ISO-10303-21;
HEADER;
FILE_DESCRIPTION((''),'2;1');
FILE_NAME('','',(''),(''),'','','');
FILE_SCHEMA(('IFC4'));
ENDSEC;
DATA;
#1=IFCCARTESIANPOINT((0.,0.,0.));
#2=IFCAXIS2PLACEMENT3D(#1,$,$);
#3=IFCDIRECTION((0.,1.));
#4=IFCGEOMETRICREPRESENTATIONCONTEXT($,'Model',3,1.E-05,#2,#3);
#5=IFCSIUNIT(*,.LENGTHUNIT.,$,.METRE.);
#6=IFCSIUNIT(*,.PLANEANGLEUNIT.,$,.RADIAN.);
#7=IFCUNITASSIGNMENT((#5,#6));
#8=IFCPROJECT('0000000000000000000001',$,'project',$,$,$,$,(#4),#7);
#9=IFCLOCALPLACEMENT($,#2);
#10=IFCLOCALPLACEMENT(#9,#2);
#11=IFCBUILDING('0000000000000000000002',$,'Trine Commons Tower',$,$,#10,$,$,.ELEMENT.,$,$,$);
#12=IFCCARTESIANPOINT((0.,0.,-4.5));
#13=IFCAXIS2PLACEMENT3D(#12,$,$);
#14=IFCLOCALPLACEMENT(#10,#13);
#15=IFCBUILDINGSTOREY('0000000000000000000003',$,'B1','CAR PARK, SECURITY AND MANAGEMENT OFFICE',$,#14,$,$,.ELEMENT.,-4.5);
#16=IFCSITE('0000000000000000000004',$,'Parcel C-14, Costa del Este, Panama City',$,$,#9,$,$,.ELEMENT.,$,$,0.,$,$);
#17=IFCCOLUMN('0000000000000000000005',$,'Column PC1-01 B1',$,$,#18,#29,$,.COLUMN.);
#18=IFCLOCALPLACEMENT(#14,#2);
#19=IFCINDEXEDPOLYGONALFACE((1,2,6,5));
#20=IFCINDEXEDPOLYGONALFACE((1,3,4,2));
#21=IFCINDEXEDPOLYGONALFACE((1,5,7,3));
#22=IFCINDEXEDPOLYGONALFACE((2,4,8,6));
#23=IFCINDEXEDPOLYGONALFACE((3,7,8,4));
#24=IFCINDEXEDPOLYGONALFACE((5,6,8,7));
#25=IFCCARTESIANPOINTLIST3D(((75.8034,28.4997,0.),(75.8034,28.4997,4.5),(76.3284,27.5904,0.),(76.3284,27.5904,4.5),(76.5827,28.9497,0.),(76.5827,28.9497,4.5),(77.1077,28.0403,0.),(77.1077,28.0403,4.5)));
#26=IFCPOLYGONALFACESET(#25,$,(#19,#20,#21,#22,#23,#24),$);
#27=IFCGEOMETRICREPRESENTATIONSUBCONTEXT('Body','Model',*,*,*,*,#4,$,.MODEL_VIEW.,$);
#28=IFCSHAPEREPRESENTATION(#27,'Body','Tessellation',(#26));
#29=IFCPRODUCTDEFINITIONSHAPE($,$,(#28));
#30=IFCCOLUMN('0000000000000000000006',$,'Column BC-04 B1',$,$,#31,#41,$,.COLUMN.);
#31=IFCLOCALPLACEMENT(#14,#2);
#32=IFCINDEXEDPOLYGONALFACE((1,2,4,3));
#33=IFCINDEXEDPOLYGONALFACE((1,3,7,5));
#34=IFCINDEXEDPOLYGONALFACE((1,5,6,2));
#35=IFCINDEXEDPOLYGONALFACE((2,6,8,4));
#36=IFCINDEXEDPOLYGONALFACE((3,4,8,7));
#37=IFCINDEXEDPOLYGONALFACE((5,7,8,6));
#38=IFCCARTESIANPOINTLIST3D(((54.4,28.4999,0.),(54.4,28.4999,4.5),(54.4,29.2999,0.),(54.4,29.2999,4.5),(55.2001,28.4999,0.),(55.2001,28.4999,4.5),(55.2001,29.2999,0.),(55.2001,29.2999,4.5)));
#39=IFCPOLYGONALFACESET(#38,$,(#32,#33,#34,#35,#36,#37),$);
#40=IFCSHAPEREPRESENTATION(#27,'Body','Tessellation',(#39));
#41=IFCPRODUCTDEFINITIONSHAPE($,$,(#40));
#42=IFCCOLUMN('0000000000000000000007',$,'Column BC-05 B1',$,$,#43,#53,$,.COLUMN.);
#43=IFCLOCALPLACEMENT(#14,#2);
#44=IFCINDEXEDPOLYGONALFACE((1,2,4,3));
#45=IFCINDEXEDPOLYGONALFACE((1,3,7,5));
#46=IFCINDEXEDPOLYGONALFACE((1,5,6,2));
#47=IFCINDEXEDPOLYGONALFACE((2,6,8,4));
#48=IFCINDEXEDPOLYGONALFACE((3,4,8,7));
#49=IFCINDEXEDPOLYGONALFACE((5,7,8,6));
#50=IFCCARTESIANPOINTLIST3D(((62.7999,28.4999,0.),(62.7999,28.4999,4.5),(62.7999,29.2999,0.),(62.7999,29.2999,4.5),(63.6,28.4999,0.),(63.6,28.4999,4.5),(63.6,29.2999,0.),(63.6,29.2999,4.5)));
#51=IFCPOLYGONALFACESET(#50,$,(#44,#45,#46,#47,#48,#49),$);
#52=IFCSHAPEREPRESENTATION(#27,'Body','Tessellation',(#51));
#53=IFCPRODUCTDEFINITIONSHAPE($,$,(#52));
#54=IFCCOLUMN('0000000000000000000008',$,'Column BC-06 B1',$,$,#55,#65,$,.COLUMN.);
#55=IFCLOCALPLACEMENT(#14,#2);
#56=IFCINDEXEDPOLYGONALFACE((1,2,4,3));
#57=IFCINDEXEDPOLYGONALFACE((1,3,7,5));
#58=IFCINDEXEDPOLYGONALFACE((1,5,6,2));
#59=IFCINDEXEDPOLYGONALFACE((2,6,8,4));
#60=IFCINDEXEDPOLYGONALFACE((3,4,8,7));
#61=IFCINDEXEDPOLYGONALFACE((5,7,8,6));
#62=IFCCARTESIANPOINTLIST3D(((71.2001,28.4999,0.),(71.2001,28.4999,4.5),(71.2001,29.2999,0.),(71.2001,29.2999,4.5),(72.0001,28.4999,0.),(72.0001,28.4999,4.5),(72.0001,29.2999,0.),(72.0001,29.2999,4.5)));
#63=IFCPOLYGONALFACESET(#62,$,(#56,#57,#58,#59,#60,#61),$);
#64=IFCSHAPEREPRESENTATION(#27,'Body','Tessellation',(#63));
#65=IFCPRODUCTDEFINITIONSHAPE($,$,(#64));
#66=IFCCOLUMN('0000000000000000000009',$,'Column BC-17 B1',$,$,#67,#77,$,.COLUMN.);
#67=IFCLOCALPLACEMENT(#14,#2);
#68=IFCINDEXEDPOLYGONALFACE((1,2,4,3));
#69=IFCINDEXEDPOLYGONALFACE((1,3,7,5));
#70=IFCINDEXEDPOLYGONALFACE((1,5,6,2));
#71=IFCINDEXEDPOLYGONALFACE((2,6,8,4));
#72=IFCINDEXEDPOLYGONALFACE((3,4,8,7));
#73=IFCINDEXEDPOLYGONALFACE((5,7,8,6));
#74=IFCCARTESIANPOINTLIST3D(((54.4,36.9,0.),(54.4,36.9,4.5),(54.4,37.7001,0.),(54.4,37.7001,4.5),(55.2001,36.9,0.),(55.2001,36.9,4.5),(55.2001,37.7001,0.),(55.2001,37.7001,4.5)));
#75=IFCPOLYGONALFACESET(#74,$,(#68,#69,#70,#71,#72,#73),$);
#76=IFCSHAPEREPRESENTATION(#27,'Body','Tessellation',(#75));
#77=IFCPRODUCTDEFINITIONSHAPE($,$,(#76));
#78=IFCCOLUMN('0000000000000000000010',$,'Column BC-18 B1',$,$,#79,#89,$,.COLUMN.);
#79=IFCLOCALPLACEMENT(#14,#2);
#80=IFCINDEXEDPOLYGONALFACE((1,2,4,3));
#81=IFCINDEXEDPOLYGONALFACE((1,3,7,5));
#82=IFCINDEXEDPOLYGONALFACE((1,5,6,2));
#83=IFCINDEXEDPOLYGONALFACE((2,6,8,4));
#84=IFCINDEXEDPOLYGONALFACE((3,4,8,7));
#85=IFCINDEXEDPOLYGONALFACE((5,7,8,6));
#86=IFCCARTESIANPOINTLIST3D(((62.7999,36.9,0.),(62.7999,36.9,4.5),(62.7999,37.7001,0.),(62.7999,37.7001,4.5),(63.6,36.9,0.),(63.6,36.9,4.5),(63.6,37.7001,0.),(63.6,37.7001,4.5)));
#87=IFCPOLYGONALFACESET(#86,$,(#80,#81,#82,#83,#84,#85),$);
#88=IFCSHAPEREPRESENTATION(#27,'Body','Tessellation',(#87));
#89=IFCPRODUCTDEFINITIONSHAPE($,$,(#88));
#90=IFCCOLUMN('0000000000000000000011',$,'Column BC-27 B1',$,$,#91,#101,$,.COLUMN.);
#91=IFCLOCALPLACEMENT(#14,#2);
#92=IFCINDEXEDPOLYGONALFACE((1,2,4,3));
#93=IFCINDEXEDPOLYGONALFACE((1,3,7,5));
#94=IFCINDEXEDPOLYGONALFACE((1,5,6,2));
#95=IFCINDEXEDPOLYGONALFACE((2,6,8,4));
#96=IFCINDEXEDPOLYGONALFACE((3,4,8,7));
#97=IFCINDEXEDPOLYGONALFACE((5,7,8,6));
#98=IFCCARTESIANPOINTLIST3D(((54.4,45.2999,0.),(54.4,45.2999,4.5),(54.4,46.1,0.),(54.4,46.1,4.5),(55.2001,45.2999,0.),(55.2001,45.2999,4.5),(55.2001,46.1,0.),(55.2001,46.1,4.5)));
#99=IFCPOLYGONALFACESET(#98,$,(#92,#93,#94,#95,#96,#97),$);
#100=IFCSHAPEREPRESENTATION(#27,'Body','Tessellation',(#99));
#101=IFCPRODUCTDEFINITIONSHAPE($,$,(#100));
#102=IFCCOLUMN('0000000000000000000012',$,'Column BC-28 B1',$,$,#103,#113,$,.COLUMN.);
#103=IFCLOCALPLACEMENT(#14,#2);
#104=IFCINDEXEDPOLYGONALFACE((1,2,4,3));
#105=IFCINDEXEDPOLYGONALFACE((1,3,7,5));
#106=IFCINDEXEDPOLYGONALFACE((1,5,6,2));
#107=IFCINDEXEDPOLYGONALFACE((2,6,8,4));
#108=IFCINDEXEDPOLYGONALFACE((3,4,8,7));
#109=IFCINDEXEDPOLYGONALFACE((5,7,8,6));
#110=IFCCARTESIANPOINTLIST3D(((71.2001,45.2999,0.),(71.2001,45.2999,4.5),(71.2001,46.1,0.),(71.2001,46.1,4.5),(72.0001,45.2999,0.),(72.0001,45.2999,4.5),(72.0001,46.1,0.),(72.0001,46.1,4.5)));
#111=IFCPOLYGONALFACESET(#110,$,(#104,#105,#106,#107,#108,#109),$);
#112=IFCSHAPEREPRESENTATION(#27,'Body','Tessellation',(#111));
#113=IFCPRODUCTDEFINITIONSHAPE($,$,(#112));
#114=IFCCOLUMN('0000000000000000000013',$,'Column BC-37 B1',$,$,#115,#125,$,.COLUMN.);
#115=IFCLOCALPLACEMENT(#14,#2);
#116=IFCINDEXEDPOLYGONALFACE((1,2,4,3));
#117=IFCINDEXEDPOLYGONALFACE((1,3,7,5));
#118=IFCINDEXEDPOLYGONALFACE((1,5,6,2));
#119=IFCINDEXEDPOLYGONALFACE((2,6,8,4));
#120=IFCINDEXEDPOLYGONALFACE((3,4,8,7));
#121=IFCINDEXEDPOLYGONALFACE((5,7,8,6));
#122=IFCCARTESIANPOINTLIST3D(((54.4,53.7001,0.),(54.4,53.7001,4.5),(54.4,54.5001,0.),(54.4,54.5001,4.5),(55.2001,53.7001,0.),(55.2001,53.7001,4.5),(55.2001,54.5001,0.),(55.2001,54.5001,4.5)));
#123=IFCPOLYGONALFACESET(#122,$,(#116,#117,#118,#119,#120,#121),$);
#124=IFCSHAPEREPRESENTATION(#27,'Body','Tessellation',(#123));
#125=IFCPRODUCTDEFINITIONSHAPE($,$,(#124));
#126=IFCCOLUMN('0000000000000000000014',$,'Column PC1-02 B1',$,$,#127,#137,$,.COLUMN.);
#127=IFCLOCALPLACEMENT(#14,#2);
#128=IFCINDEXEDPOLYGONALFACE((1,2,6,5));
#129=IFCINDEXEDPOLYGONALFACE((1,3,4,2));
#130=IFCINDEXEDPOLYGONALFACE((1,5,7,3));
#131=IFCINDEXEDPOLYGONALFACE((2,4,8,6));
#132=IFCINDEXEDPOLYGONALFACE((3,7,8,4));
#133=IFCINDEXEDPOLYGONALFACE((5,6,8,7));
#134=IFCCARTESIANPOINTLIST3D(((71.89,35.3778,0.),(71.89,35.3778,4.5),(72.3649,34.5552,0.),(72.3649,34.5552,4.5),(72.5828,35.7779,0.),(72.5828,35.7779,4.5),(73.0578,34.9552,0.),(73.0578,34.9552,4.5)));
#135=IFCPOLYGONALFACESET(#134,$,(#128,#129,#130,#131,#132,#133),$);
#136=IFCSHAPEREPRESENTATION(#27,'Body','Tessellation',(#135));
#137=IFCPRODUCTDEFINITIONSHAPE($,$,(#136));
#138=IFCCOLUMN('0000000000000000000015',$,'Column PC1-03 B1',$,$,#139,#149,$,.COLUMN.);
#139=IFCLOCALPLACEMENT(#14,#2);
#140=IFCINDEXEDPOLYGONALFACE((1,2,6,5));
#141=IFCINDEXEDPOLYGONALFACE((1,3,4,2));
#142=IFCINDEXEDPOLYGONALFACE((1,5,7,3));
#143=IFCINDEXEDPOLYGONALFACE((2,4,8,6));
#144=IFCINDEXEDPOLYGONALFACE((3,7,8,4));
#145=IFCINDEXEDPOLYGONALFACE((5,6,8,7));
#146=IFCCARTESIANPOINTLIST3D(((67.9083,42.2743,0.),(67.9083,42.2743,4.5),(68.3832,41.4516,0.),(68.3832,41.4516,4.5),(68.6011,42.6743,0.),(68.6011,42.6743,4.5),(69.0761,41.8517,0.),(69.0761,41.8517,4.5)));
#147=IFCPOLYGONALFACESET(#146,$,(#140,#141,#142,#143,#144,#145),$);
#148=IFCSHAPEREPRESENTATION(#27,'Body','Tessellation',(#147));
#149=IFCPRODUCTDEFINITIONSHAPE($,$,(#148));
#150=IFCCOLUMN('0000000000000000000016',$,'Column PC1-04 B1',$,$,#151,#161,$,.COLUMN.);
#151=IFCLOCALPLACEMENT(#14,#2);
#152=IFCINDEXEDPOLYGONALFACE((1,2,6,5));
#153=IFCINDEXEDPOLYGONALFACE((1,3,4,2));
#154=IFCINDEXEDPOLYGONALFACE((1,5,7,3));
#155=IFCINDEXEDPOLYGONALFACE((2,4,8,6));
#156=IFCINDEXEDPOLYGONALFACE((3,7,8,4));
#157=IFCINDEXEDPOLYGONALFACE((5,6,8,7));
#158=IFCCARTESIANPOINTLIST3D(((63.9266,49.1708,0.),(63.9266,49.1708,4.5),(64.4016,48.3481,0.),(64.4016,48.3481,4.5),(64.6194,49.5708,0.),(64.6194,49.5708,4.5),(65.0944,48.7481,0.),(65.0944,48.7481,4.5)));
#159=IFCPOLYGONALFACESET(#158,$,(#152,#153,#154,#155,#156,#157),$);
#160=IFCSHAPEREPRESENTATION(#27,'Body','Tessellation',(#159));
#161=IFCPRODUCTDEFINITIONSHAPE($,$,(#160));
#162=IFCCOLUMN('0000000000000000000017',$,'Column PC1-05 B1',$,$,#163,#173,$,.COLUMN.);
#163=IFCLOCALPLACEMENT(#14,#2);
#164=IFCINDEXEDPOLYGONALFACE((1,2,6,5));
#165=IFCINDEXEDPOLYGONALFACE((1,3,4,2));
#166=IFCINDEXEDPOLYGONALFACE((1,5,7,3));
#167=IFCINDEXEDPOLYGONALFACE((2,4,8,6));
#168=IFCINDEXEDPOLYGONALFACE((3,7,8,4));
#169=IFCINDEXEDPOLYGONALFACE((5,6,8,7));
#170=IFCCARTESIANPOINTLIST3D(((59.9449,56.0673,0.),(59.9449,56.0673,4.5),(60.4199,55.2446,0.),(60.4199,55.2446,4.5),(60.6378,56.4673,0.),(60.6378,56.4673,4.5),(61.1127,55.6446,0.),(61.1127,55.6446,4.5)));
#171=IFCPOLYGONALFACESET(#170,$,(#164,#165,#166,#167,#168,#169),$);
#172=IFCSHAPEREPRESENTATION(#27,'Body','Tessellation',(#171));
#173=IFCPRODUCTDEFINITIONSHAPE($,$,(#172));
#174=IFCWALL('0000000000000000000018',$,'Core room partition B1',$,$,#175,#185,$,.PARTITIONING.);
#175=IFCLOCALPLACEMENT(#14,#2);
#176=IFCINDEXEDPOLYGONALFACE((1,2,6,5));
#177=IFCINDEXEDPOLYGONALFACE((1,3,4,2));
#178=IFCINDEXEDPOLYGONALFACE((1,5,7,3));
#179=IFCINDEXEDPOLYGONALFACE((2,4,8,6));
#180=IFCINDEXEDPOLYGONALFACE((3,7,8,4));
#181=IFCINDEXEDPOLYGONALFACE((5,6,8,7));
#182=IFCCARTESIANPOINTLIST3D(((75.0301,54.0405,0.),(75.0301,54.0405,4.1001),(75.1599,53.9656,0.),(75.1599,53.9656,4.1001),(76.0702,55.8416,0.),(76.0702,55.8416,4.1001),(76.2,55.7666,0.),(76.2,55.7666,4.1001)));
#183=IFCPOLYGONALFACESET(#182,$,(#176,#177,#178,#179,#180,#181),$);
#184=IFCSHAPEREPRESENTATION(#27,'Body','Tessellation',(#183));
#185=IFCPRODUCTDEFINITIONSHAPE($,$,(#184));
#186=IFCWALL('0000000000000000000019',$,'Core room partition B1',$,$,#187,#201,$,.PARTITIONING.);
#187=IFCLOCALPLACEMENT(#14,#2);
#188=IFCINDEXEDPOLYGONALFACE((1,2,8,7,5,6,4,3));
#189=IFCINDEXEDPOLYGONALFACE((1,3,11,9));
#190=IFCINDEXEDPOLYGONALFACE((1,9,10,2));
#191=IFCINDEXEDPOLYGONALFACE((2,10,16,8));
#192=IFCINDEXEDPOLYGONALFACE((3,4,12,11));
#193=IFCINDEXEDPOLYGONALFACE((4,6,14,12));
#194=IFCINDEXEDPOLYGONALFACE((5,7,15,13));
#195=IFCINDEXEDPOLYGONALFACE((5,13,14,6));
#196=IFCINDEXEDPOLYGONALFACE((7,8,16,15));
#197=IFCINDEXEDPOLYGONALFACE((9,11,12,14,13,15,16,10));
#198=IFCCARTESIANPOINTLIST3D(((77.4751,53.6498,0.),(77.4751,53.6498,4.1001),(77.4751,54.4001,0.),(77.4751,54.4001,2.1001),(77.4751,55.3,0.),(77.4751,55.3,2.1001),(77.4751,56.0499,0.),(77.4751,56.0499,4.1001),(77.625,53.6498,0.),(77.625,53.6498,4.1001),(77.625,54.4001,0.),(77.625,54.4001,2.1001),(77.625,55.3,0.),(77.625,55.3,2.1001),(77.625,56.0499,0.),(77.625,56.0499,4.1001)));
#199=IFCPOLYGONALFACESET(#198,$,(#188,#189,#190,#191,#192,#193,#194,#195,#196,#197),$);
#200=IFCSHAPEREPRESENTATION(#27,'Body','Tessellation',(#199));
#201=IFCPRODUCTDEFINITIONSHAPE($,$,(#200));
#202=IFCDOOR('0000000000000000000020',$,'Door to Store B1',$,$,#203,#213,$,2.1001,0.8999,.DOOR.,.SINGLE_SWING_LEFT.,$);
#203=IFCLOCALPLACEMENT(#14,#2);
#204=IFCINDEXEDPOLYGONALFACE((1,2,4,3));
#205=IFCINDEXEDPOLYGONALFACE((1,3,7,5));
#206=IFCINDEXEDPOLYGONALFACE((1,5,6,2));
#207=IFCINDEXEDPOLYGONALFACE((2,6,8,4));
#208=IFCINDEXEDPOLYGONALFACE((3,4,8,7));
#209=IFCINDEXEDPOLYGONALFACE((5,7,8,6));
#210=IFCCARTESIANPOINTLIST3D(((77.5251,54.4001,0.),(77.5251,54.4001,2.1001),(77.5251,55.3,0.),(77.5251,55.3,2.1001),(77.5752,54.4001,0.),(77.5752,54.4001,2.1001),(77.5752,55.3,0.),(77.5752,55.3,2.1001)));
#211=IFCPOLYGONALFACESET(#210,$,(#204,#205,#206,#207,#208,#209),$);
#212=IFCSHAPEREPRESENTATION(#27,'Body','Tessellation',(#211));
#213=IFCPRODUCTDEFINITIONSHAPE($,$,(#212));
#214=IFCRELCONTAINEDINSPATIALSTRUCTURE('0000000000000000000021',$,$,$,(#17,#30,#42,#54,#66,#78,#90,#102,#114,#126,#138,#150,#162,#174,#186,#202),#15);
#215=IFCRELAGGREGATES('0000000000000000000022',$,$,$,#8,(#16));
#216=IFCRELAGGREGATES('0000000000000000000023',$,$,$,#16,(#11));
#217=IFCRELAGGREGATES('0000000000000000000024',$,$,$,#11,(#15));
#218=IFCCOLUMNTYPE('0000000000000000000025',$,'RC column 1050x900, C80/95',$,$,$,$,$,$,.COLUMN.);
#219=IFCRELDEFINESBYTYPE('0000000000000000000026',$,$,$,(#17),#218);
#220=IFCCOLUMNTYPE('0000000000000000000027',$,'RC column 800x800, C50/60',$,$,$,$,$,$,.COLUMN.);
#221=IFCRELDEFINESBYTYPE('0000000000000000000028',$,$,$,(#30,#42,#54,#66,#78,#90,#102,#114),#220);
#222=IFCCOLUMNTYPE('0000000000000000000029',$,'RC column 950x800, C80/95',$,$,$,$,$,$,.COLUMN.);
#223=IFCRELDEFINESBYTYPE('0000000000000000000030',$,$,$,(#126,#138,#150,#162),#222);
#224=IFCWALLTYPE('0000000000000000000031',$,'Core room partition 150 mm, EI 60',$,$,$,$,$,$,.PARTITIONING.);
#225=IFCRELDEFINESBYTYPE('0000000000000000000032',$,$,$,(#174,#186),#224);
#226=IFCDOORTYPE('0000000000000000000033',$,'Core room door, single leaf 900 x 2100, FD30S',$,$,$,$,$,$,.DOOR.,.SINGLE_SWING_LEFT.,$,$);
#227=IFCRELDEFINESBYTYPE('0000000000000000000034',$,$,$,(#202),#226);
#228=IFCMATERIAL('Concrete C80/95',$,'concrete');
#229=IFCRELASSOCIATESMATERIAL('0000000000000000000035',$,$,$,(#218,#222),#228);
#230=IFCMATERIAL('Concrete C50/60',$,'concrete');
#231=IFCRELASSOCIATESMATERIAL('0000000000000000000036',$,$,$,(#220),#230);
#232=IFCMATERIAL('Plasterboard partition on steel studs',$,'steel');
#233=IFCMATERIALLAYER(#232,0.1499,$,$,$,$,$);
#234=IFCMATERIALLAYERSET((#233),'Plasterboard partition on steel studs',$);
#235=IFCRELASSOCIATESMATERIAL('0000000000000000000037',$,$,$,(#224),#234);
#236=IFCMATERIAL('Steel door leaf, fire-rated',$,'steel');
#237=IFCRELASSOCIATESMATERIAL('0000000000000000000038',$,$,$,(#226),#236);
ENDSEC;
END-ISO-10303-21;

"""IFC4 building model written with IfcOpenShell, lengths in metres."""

from ifc_helpers import new_model, si_unit, direction, frame, frame_2d, origin, origin_2d, place, context, subcontext, project, spatial, rectangle, extrude, material, layer, layer_set, material_profile, profile_set, type_object, element, fill, save


model = new_model("IFC4")

# Units and contexts
model_context = context("Model", 3, precision=1e-05, world=origin(), true_north=direction((0.0, 1.0)))
body_context = subcontext(model_context, "Body", "Model", "MODEL_VIEW")
ifc_project = project(units=[si_unit("LENGTHUNIT", "METRE"), si_unit("PLANEANGLEUNIT", "RADIAN")], contexts=[model_context])

# Site, building, storey
site_placement = place(None, origin())
site = spatial("IfcSite", under=ifc_project, at=site_placement, Name="Parcel C-14, Costa del Este, Panama City", CompositionType="ELEMENT", RefElevation=0.0)
building_placement = place(site_placement, origin())
building = spatial("IfcBuilding", under=site, at=building_placement, Name="Trine Commons Tower", CompositionType="ELEMENT")
storey_placement = place(building_placement, frame((0.0, 0.0, -4.5)))
storey = spatial("IfcBuildingStorey", under=building, at=storey_placement, Name="B1", Description="CAR PARK, SECURITY AND MANAGEMENT OFFICE", CompositionType="ELEMENT", Elevation=-4.5)

# Columns
ifc_material_1 = material(Name="Concrete C80/95", Category="concrete")
ifc_material_profile_1 = material_profile(ifc_material_1, rectangle(XDim=1.05, YDim=0.8999, at=origin_2d()), Name="RC 1050x900")
ifc_profile_set_1 = profile_set([ifc_material_profile_1], Name="Concrete C80/95")
column_type_1 = type_object("IfcColumnType", Name="RC column 1050x900, C80/95", PredefinedType="COLUMN", material=ifc_profile_set_1)
column_placement = place(storey_placement, frame((76.4556, 28.27, 0.0), z_axis=(0.0, 0.0, 1.0), x_axis=(-0.5, 0.866025, 0.0)))
element("IfcColumn", 1, at=column_placement, inside=storey, type_object=column_type_1, Name="Column PC1-01 B1", PredefinedType="COLUMN", context=body_context, shape_type="SweptSolid", body=[
    extrude(rectangle(XDim=1.05, YDim=0.8999, at=origin_2d()), origin(), (0.0, 0.0, 1.0), 4.5),
])
ifc_material_2 = material(Name="Concrete C50/60", Category="concrete")
ifc_material_profile_2 = material_profile(ifc_material_2, rectangle(XDim=0.8, YDim=0.8, at=origin_2d()), Name="RC 800x800")
ifc_profile_set_2 = profile_set([ifc_material_profile_2], Name="Concrete C50/60")
column_type_2 = type_object("IfcColumnType", Name="RC column 800x800, C50/60", PredefinedType="COLUMN", material=ifc_profile_set_2)
for number, where, z_axis, x_axis, name in (
    (2, (54.8, 28.8999, 0.0), (0.0, 0.0, 1.0), (1.0, 0.0, 0.0), "Column BC-04 B1"),
    (3, (63.2, 28.8999, 0.0), (0.0, 0.0, 1.0), (1.0, 0.0, 0.0), "Column BC-05 B1"),
    (4, (71.6001, 28.8999, 0.0), (0.0, 0.0, 1.0), (1.0, 0.0, 0.0), "Column BC-06 B1"),
    (5, (54.8, 37.3, 0.0), (0.0, 0.0, 1.0), (1.0, 0.0, 0.0), "Column BC-17 B1"),
    (6, (63.2, 37.3, 0.0), (0.0, 0.0, 1.0), (1.0, 0.0, 0.0), "Column BC-18 B1"),
    (7, (54.8, 45.7, 0.0), (0.0, 0.0, 1.0), (1.0, 0.0, 0.0), "Column BC-27 B1"),
    (8, (71.6001, 45.7, 0.0), (0.0, 0.0, 1.0), (1.0, 0.0, 0.0), "Column BC-28 B1"),
    (9, (54.8, 54.1001, 0.0), (0.0, 0.0, 1.0), (1.0, 0.0, 0.0), "Column BC-37 B1"),
):
    element("IfcColumn", number, at=place(storey_placement, frame(where, z_axis=z_axis, x_axis=x_axis)), inside=storey, type_object=column_type_2, Name=name, PredefinedType="COLUMN", context=body_context, shape_type="SweptSolid", body=[
        extrude(rectangle(XDim=0.8, YDim=0.8, at=origin_2d()), origin(), (0.0, 0.0, 1.0), 4.5),
    ])
ifc_material_profile_3 = material_profile(ifc_material_1, rectangle(XDim=0.95, YDim=0.8, at=origin_2d()), Name="RC 950x800")
ifc_profile_set_3 = profile_set([ifc_material_profile_3], Name="Concrete C80/95")
column_type_3 = type_object("IfcColumnType", Name="RC column 950x800, C80/95", PredefinedType="COLUMN", material=ifc_profile_set_3)
for number, where, z_axis, x_axis, name in (
    (10, (72.4739, 35.1665, 0.0), (0.0, 0.0, 1.0), (-0.5, 0.866025, 0.0), "Column PC1-02 B1"),
    (11, (68.4922, 42.063, 0.0), (0.0, 0.0, 1.0), (-0.5, 0.866025, 0.0), "Column PC1-03 B1"),
    (12, (64.5105, 48.9595, 0.0), (0.0, 0.0, 1.0), (-0.5, 0.866025, 0.0), "Column PC1-04 B1"),
    (13, (60.5288, 55.856, 0.0), (0.0, 0.0, 1.0), (-0.5, 0.866025, 0.0), "Column PC1-05 B1"),
):
    element("IfcColumn", number, at=place(storey_placement, frame(where, z_axis=z_axis, x_axis=x_axis)), inside=storey, type_object=column_type_3, Name=name, PredefinedType="COLUMN", context=body_context, shape_type="SweptSolid", body=[
        extrude(rectangle(XDim=0.95, YDim=0.8, at=origin_2d()), origin(), (0.0, 0.0, 1.0), 4.5),
    ])

# Wall
ifc_material_3 = material(Name="Plasterboard partition on steel studs", Category="steel")
ifc_layer_1 = layer(ifc_material_3, 0.1499)
ifc_layer_set_1 = layer_set([ifc_layer_1], Name="Plasterboard partition on steel studs")
wall_type_1 = type_object("IfcWallType", Name="Core room partition 150 mm, EI 60", PredefinedType="PARTITIONING", material=ifc_layer_set_1)
wall_1_placement = place(storey_placement, frame((75.095, 54.0029, 0.0), z_axis=(0.0, 0.0, 1.0), x_axis=(0.500078, 0.86598, 0.0)))
element("IfcWall", 14, at=wall_1_placement, inside=storey, type_object=wall_type_1, Name="Core room partition B1", PredefinedType="PARTITIONING", context=body_context, shape_type="SweptSolid", body=[
    extrude(rectangle(XDim=2.0798, YDim=0.1499, at=frame_2d((1.04, 0.0))), origin(), (0.0, 0.0, 1.0), 4.1001),
])

# Wall, opening, door
wall_2_placement = place(storey_placement, frame((77.55, 56.05, 0.0), z_axis=(0.0, 0.0, 1.0), x_axis=(0.0, -1.0, 0.0)))
wall_2 = element("IfcWall", 15, at=wall_2_placement, inside=storey, type_object=wall_type_1, Name="Core room partition B1", PredefinedType="PARTITIONING", context=body_context, shape_type="SweptSolid", body=[
    extrude(rectangle(XDim=2.4001, YDim=0.1499, at=frame_2d((1.2002, 0.0))), origin(), (0.0, 0.0, 1.0), 4.1001),
])
opening_1_placement = place(wall_2_placement, frame((0.75, 0.0, 0.0)))
opening_1 = element("IfcOpeningElement", 16, at=opening_1_placement, cuts=wall_2, PredefinedType="OPENING", context=body_context, shape_type="SweptSolid", body=[
    extrude(rectangle(XDim=0.8999, YDim=2.1001, at=frame_2d((0.45, 1.05))), frame((0.0, 0.085, 0.0), z_axis=(0.0, -1.0, 0.0), x_axis=(1.0, 0.0, 0.0)), (0.0, 0.0, 1.0), 0.1699),
])
ifc_material_4 = material(Name="Steel door leaf, fire-rated", Category="steel")
door_type_1 = type_object("IfcDoorType", Name="Core room door, single leaf 900 x 2100, FD30S", OperationType="SINGLE_SWING_LEFT", PredefinedType="DOOR", material=ifc_material_4)
door_1_placement = place(opening_1_placement, frame((0.8999, 0.0, 0.0), z_axis=(0.0, 0.0, 1.0), x_axis=(-1.0, 0.0, 0.0)))
door_1 = element("IfcDoor", 17, at=door_1_placement, inside=storey, type_object=door_type_1, Name="Door to Store B1", OperationType="SINGLE_SWING_LEFT", OverallHeight=2.1001, OverallWidth=0.8999, PredefinedType="DOOR", context=body_context, shape_type="SweptSolid", body=[
    extrude(rectangle(XDim=0.8999, YDim=2.1001, at=frame_2d((0.45, 1.05))), frame((0.0, 0.0249, 0.0), z_axis=(0.0, -1.0, 0.0), x_axis=(1.0, 0.0, 0.0)), (0.0, 0.0, 1.0), 0.05),
])
fill(opening_1, door_1)

save(model, "model.ifc")
